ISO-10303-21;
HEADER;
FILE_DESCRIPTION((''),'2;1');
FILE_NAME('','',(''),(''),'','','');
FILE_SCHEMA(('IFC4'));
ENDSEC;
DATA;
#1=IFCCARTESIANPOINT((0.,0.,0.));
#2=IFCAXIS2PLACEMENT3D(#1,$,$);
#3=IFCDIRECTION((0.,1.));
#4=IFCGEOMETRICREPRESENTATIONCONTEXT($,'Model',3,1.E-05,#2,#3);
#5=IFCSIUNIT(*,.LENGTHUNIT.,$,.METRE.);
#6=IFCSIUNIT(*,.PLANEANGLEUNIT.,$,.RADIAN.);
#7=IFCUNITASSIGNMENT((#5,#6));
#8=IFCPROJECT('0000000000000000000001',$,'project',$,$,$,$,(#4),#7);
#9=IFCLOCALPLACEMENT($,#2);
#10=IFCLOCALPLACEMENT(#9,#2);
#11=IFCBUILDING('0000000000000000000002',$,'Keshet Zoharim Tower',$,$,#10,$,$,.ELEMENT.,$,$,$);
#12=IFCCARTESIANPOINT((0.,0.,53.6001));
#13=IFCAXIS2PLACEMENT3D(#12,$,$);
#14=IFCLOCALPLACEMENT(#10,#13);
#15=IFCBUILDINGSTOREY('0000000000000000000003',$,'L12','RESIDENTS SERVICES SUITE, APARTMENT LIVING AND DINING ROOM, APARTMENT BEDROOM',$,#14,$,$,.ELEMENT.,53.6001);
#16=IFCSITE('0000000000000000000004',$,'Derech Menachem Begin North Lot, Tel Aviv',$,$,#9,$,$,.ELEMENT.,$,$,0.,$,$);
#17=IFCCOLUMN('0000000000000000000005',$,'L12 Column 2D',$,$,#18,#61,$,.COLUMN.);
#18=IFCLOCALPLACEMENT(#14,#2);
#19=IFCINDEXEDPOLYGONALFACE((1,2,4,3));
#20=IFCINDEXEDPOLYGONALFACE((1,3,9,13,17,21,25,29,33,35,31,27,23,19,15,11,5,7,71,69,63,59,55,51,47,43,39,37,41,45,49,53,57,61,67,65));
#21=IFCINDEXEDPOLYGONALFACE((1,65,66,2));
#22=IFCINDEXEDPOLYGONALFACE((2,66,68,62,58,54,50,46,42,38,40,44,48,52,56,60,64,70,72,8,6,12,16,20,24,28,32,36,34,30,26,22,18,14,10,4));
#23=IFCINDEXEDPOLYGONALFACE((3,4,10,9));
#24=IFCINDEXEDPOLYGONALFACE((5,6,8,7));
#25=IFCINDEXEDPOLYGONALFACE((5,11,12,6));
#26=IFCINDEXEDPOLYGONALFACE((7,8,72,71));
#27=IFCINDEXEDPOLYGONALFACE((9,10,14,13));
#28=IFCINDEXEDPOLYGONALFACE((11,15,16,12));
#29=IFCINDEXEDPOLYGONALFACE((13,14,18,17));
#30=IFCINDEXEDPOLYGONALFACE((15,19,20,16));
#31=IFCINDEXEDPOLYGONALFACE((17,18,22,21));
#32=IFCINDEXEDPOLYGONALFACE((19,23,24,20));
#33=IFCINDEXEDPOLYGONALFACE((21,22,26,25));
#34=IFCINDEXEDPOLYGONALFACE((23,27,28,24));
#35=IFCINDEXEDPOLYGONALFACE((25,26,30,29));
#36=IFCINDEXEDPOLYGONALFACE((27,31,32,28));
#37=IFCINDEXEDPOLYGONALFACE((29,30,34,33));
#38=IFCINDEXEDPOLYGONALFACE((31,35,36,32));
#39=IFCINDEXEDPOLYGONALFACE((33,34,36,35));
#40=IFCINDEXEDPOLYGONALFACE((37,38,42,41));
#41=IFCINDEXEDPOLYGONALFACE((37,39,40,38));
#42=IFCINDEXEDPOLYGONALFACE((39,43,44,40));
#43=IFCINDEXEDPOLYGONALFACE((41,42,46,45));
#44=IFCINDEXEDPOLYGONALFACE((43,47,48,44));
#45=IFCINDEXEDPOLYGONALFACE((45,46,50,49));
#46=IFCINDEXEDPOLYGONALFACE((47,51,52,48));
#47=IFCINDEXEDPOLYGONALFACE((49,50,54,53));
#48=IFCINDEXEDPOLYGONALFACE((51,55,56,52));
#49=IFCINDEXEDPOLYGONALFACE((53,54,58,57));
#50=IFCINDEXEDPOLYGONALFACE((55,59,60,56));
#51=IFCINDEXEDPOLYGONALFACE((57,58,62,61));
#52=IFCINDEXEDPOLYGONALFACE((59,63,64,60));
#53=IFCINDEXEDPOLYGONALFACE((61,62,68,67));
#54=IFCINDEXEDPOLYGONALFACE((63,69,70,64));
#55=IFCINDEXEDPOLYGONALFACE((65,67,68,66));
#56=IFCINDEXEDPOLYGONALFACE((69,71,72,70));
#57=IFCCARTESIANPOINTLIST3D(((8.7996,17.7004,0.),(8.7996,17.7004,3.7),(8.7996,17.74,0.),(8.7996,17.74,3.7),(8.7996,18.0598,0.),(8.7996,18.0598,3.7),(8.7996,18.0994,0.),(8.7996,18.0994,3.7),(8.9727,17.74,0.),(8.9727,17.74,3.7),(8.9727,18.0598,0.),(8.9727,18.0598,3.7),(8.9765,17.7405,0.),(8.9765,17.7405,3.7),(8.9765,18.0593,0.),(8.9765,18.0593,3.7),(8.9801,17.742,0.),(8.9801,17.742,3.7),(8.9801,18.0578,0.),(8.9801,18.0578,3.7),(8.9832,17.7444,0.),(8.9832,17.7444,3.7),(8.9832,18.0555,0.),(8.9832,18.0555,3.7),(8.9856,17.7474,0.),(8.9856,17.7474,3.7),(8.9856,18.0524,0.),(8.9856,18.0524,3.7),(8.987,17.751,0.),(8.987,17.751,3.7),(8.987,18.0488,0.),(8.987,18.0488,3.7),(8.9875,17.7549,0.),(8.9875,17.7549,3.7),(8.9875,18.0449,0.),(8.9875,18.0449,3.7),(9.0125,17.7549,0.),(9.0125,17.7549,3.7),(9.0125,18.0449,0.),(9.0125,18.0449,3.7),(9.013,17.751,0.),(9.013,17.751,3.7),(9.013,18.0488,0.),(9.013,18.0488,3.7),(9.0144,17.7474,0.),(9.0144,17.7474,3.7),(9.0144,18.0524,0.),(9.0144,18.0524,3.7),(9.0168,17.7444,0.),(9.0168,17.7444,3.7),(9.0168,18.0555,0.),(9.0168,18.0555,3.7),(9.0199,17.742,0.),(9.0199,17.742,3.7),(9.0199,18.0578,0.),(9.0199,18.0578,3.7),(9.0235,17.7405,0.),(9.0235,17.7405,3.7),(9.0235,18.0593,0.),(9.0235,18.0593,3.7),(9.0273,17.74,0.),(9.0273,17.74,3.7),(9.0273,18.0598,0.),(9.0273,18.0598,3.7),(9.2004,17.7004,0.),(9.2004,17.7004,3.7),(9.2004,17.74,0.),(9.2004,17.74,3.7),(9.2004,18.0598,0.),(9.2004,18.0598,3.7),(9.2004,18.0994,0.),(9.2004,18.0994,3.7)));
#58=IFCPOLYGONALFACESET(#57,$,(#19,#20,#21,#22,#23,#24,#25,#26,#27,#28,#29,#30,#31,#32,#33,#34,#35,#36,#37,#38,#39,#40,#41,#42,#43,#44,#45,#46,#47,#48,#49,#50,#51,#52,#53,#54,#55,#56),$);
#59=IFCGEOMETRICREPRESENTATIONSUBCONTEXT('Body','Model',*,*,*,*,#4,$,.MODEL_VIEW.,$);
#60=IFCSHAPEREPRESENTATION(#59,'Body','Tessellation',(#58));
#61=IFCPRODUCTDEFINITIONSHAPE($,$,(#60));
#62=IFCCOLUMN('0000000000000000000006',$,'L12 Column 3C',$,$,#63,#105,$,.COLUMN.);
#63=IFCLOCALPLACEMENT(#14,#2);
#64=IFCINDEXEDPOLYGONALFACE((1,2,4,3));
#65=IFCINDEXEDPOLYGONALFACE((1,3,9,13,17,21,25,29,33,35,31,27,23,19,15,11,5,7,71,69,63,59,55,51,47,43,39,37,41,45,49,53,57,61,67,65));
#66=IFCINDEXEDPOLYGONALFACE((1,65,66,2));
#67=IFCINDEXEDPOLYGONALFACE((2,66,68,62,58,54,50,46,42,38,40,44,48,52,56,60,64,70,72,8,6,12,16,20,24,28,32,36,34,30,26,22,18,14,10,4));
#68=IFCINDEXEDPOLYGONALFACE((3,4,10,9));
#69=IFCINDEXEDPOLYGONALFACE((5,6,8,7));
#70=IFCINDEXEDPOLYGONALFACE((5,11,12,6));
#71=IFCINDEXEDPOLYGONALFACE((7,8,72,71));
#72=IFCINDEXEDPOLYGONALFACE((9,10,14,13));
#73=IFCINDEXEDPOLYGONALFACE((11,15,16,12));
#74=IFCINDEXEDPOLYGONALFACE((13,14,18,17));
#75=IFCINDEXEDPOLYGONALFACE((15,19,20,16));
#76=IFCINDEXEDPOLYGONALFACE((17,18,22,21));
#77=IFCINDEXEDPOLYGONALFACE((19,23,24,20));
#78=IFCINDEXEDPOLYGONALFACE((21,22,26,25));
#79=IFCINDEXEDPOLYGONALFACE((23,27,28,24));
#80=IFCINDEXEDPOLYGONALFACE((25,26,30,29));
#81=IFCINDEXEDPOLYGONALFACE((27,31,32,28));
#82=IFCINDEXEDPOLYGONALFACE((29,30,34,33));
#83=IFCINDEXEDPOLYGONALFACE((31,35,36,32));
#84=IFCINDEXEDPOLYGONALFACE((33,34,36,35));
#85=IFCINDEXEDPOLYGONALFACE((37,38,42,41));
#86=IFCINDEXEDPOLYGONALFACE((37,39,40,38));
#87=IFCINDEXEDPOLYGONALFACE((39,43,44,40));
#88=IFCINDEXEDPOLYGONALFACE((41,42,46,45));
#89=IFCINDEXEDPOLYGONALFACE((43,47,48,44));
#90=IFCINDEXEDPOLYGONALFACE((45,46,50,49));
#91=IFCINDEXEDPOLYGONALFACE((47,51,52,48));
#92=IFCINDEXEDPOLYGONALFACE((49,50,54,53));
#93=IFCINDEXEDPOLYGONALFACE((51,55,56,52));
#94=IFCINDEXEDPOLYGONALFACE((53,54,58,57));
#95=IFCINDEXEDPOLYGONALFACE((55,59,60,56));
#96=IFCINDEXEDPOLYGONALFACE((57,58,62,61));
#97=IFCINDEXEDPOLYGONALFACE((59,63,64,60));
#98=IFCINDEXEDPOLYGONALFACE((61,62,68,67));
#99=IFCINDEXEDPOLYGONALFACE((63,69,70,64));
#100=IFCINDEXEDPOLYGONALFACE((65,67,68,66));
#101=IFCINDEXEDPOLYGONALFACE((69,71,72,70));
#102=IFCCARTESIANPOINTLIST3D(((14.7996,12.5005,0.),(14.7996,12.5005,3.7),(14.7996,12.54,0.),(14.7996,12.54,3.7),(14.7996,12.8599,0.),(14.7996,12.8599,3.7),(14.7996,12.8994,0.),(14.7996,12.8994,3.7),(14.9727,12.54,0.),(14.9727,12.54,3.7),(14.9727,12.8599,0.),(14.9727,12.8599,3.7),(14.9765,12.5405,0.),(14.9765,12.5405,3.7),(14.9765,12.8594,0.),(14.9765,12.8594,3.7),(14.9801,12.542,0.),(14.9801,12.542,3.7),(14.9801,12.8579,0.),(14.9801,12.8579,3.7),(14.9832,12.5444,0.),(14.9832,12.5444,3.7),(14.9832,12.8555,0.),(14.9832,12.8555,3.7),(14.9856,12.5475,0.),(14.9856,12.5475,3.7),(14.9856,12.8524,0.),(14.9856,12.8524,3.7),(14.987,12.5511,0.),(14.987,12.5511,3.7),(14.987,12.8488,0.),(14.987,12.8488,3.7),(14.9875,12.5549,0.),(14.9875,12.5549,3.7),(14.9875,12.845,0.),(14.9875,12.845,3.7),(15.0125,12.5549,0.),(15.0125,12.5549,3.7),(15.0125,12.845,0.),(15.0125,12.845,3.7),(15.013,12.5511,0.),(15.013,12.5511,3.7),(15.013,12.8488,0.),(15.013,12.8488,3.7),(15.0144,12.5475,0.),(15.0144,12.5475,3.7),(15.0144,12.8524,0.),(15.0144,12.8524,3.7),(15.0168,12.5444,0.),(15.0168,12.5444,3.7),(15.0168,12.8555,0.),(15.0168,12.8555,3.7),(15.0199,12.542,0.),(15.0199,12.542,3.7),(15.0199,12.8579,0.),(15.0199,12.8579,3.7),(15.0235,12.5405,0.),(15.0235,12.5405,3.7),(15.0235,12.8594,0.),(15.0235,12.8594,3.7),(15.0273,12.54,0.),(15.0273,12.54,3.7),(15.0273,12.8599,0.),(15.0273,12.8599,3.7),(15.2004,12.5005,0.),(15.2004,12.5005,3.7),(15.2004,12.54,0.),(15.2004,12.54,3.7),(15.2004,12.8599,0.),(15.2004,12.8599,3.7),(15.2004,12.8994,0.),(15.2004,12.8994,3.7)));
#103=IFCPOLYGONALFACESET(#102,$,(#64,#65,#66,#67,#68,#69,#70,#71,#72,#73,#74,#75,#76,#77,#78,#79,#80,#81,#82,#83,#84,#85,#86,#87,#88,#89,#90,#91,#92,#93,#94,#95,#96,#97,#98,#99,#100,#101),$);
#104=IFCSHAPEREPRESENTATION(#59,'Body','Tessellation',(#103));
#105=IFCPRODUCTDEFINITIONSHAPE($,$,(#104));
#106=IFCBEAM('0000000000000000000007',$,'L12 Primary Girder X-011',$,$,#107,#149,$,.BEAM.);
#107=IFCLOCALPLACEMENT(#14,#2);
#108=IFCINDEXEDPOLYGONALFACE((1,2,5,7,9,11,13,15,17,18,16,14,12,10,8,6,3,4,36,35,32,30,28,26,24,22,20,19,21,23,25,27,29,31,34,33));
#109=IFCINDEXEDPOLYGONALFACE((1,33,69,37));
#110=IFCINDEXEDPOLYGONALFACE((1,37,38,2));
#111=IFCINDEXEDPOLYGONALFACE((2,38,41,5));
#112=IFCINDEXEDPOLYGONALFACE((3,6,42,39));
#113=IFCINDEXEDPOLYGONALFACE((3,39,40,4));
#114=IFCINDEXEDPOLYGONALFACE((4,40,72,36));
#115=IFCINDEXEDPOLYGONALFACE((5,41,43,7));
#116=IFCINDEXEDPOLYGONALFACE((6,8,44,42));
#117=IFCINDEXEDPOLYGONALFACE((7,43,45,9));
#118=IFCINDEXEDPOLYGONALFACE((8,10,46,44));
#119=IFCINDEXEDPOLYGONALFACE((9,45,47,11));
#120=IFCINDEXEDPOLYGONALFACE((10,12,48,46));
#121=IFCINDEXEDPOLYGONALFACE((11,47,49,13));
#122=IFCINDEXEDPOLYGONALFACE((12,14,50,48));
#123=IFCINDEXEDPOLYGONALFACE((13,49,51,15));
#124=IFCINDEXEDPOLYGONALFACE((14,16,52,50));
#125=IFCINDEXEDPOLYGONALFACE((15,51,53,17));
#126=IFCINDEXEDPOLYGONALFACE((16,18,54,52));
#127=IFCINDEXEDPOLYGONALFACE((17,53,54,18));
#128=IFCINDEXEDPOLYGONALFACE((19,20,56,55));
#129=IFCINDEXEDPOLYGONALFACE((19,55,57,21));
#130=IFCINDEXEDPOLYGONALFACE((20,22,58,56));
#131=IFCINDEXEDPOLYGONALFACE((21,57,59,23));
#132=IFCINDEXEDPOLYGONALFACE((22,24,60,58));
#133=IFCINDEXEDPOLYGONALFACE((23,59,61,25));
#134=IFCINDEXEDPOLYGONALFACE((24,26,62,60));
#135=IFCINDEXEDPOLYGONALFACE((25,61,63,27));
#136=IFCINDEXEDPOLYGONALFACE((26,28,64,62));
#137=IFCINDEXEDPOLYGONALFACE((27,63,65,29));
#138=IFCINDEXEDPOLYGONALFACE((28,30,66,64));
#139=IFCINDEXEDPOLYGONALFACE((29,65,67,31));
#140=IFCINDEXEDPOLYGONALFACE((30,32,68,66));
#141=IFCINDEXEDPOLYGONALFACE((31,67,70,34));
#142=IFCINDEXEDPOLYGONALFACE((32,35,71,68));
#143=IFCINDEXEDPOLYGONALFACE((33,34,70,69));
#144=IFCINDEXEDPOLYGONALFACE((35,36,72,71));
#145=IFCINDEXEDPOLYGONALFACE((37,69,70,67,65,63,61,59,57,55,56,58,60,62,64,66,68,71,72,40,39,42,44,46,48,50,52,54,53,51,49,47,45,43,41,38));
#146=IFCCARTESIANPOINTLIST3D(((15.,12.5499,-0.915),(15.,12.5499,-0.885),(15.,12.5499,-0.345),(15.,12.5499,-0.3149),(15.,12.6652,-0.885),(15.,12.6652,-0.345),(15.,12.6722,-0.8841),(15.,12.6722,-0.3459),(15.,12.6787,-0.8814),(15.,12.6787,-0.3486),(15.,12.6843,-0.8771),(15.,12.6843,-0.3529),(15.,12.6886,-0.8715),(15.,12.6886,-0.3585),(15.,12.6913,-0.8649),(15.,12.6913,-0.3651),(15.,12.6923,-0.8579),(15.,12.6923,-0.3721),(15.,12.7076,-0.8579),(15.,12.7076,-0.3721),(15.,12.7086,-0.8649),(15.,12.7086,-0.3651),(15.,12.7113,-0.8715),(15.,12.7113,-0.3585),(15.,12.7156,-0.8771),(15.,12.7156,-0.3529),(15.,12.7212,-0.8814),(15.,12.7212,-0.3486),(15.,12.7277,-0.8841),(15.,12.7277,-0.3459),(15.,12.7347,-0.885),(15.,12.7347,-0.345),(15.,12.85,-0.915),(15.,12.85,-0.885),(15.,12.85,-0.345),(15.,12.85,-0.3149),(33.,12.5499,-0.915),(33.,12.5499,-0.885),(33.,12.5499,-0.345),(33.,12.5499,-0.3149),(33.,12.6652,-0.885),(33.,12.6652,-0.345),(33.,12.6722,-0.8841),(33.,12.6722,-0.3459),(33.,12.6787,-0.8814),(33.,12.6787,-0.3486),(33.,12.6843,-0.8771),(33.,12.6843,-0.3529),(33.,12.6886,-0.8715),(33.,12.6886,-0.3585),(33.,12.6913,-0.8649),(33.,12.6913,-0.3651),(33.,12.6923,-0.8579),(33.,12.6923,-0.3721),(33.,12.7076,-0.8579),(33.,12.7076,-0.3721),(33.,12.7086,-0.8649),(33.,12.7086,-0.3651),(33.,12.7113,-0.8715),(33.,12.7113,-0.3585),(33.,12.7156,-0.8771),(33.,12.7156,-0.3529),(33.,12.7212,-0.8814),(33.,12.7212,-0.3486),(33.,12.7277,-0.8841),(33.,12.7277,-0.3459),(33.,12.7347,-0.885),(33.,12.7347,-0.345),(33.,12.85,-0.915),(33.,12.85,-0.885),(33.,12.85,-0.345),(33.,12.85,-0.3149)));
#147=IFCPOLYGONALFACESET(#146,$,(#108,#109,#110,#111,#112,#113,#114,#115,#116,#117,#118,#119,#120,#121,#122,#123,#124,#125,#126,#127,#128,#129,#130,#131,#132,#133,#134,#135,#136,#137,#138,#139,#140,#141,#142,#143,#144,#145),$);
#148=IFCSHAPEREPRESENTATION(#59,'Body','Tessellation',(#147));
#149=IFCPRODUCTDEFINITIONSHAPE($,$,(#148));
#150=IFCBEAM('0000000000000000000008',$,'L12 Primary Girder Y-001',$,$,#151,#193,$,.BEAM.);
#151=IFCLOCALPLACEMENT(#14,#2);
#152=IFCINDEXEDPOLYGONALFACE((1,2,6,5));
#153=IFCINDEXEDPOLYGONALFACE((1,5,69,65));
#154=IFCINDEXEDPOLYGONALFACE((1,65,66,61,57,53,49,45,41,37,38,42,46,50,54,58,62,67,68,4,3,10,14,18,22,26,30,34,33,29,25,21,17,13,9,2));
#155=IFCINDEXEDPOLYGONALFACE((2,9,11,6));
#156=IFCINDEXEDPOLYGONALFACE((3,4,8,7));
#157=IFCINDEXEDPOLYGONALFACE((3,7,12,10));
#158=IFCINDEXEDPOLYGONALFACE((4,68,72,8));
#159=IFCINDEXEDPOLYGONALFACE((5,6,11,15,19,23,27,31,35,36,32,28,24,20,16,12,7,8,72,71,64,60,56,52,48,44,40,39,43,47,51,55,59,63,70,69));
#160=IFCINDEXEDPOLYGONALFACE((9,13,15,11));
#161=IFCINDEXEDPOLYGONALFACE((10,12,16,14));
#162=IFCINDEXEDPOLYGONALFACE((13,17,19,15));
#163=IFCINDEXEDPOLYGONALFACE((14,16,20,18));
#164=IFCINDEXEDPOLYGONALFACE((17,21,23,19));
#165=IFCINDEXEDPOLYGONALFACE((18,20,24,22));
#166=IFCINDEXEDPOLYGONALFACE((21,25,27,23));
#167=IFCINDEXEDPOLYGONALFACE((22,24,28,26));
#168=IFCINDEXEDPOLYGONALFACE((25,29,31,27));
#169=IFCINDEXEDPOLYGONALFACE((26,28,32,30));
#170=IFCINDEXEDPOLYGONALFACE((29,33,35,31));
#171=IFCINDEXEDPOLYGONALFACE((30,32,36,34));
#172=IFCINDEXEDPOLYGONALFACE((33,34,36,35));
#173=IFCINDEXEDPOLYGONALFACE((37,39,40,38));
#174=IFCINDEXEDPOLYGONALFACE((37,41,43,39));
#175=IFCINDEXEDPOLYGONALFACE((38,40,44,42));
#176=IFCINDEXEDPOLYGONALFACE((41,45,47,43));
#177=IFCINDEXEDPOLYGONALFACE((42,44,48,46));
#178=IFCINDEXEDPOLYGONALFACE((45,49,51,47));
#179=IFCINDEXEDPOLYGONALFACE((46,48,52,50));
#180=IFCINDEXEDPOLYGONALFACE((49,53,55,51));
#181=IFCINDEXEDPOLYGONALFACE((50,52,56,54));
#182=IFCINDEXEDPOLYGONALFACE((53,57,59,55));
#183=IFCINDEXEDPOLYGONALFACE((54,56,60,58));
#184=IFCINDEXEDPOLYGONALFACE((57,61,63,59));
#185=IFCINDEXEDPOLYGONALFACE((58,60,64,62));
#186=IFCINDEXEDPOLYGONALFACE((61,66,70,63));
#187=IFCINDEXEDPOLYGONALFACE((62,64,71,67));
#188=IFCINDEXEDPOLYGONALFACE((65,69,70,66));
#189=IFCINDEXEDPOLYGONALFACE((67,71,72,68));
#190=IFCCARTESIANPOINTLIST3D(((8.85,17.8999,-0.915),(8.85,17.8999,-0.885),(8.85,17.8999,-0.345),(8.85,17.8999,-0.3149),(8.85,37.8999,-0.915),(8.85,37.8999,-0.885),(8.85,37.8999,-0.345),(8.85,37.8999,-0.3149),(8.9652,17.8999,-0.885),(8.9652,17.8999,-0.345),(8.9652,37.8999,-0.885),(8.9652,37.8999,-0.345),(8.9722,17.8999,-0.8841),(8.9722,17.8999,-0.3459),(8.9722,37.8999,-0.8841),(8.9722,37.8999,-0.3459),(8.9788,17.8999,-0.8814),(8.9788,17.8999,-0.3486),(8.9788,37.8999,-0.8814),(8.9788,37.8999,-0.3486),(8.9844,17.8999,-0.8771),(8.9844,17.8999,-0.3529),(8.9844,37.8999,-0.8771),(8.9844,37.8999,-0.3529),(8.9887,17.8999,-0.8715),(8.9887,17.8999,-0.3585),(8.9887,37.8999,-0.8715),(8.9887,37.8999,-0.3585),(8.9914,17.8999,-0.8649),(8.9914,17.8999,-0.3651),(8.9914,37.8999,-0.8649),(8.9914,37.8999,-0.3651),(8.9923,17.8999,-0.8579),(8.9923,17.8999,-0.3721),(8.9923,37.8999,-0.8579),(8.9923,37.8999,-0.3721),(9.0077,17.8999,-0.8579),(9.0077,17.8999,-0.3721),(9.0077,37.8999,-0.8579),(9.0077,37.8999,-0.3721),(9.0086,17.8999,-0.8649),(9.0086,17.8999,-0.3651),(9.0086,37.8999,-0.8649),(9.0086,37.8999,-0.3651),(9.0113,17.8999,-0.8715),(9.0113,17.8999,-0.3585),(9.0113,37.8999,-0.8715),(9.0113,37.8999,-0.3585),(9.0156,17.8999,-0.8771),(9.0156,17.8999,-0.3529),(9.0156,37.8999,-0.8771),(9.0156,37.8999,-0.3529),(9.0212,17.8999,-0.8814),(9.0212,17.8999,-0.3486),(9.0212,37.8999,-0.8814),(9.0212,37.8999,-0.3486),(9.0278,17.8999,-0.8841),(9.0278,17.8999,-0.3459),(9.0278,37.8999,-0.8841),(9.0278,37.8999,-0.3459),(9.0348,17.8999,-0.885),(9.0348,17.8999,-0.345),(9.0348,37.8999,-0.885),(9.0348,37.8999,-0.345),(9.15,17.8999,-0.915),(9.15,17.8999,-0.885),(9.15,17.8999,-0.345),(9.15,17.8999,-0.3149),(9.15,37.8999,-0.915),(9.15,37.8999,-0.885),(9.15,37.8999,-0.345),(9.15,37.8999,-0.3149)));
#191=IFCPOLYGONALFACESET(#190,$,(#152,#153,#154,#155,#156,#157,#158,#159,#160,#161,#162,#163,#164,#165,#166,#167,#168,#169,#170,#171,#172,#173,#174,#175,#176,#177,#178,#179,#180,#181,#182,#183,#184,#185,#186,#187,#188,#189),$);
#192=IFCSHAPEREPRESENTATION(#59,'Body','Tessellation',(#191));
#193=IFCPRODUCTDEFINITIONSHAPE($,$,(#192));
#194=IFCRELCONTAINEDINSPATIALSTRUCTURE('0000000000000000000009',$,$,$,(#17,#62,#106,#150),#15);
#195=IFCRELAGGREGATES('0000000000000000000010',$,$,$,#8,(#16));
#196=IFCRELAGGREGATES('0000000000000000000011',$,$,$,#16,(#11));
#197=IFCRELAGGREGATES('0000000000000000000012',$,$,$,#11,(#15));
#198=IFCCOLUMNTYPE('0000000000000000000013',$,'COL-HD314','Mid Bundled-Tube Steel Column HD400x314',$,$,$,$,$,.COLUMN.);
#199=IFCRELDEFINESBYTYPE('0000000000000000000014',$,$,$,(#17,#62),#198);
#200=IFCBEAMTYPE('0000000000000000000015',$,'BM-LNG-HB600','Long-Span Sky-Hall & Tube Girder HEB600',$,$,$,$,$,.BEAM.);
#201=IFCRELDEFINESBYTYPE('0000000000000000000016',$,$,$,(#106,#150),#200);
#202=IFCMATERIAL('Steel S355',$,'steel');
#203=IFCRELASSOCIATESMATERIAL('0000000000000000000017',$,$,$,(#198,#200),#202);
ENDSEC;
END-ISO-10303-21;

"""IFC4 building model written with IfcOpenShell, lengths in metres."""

from ifc_helpers import new_model, si_unit, direction, frame, origin, origin_2d, place, context, subcontext, project, spatial, i_section, extrude, material, material_profile, profile_set, type_object, element, save


model = new_model("IFC4")

# Units and contexts
model_context = context("Model", 3, precision=1e-05, world=origin(), true_north=direction((0.0, 1.0)))
body_context = subcontext(model_context, "Body", "Model", "MODEL_VIEW")
ifc_project = project(units=[si_unit("LENGTHUNIT", "METRE"), si_unit("PLANEANGLEUNIT", "RADIAN")], contexts=[model_context])

# Site, building, storey
site_placement = place(None, origin())
site = spatial("IfcSite", under=ifc_project, at=site_placement, Name="Derech Menachem Begin North Lot, Tel Aviv", CompositionType="ELEMENT", RefElevation=0.0)
building_placement = place(site_placement, origin())
building = spatial("IfcBuilding", under=site, at=building_placement, Name="Keshet Zoharim Tower", CompositionType="ELEMENT")
storey_placement = place(building_placement, frame((0.0, 0.0, 53.6001)))
storey = spatial("IfcBuildingStorey", under=building, at=storey_placement, Name="L12", Description="RESIDENTS SERVICES SUITE, APARTMENT LIVING AND DINING ROOM, APARTMENT BEDROOM", CompositionType="ELEMENT", Elevation=53.6001)

# Columns
ifc_material_1 = material(Name="Steel S355", Category="steel")
ifc_material_profile_1 = material_profile(ifc_material_1, i_section(OverallWidth=0.4009, OverallDepth=0.3989, WebThickness=0.0249, FlangeThickness=0.0396, FilletRadius=0.0149, at=origin_2d()), Name="HD400x314")
ifc_profile_set_1 = profile_set([ifc_material_profile_1], Name="Steel S355")
column_type = type_object("IfcColumnType", Name="COL-HD314", Description="Mid Bundled-Tube Steel Column HD400x314", PredefinedType="COLUMN", material=ifc_profile_set_1)
for number, where, z_axis, x_axis, name in (
    (1, (9.0, 17.8999, 0.0), (0.0, 0.0, 1.0), (1.0, 0.0, 0.0), "L12 Column 2D"),
    (2, (15.0, 12.7, 0.0), (0.0, 0.0, 1.0), (1.0, 0.0, 0.0), "L12 Column 3C"),
):
    element("IfcColumn", number, at=place(storey_placement, frame(where, z_axis=z_axis, x_axis=x_axis)), inside=storey, type_object=column_type, Name=name, PredefinedType="COLUMN", context=body_context, shape_type="SweptSolid", body=[
        extrude(i_section(OverallWidth=0.4009, OverallDepth=0.3989, WebThickness=0.0249, FlangeThickness=0.0396, FilletRadius=0.0149, at=origin_2d()), origin(), (0.0, 0.0, 1.0), 3.7),
    ])

# Beams
ifc_material_profile_2 = material_profile(ifc_material_1, i_section(OverallWidth=0.3, OverallDepth=0.6001, WebThickness=0.0154, FlangeThickness=0.03, FilletRadius=0.0271, at=origin_2d()), Name="HEB600")
ifc_profile_set_2 = profile_set([ifc_material_profile_2], Name="Steel S355")
beam_type_1 = type_object("IfcBeamType", Name="BM-LNG-HB600", Description="Long-Span Sky-Hall & Tube Girder HEB600", PredefinedType="BEAM", material=ifc_profile_set_2)
beam_1_placement = place(storey_placement, frame((15.0, 12.7, -0.615), z_axis=(1.0, 0.0, 0.0), x_axis=(0.0, 1.0, 0.0)))
element("IfcBeam", 3, at=beam_1_placement, inside=storey, type_object=beam_type_1, Name="L12 Primary Girder X-011", PredefinedType="BEAM", context=body_context, shape_type="SweptSolid", body=[
    extrude(i_section(OverallWidth=0.3, OverallDepth=0.6001, WebThickness=0.0154, FlangeThickness=0.03, FilletRadius=0.0271, at=origin_2d()), origin(), (0.0, 0.0, 1.0), 18.0),
])
beam_2_placement = place(storey_placement, frame((9.0, 17.8999, -0.615), z_axis=(0.0, 1.0, 0.0), x_axis=(-1.0, 0.0, 0.0)))
element("IfcBeam", 4, at=beam_2_placement, inside=storey, type_object=beam_type_1, Name="L12 Primary Girder Y-001", PredefinedType="BEAM", context=body_context, shape_type="SweptSolid", body=[
    extrude(i_section(OverallWidth=0.3, OverallDepth=0.6001, WebThickness=0.0154, FlangeThickness=0.03, FilletRadius=0.0271, at=origin_2d()), origin(), (0.0, 0.0, 1.0), 20.0),
])

save(model, "model.ifc")
